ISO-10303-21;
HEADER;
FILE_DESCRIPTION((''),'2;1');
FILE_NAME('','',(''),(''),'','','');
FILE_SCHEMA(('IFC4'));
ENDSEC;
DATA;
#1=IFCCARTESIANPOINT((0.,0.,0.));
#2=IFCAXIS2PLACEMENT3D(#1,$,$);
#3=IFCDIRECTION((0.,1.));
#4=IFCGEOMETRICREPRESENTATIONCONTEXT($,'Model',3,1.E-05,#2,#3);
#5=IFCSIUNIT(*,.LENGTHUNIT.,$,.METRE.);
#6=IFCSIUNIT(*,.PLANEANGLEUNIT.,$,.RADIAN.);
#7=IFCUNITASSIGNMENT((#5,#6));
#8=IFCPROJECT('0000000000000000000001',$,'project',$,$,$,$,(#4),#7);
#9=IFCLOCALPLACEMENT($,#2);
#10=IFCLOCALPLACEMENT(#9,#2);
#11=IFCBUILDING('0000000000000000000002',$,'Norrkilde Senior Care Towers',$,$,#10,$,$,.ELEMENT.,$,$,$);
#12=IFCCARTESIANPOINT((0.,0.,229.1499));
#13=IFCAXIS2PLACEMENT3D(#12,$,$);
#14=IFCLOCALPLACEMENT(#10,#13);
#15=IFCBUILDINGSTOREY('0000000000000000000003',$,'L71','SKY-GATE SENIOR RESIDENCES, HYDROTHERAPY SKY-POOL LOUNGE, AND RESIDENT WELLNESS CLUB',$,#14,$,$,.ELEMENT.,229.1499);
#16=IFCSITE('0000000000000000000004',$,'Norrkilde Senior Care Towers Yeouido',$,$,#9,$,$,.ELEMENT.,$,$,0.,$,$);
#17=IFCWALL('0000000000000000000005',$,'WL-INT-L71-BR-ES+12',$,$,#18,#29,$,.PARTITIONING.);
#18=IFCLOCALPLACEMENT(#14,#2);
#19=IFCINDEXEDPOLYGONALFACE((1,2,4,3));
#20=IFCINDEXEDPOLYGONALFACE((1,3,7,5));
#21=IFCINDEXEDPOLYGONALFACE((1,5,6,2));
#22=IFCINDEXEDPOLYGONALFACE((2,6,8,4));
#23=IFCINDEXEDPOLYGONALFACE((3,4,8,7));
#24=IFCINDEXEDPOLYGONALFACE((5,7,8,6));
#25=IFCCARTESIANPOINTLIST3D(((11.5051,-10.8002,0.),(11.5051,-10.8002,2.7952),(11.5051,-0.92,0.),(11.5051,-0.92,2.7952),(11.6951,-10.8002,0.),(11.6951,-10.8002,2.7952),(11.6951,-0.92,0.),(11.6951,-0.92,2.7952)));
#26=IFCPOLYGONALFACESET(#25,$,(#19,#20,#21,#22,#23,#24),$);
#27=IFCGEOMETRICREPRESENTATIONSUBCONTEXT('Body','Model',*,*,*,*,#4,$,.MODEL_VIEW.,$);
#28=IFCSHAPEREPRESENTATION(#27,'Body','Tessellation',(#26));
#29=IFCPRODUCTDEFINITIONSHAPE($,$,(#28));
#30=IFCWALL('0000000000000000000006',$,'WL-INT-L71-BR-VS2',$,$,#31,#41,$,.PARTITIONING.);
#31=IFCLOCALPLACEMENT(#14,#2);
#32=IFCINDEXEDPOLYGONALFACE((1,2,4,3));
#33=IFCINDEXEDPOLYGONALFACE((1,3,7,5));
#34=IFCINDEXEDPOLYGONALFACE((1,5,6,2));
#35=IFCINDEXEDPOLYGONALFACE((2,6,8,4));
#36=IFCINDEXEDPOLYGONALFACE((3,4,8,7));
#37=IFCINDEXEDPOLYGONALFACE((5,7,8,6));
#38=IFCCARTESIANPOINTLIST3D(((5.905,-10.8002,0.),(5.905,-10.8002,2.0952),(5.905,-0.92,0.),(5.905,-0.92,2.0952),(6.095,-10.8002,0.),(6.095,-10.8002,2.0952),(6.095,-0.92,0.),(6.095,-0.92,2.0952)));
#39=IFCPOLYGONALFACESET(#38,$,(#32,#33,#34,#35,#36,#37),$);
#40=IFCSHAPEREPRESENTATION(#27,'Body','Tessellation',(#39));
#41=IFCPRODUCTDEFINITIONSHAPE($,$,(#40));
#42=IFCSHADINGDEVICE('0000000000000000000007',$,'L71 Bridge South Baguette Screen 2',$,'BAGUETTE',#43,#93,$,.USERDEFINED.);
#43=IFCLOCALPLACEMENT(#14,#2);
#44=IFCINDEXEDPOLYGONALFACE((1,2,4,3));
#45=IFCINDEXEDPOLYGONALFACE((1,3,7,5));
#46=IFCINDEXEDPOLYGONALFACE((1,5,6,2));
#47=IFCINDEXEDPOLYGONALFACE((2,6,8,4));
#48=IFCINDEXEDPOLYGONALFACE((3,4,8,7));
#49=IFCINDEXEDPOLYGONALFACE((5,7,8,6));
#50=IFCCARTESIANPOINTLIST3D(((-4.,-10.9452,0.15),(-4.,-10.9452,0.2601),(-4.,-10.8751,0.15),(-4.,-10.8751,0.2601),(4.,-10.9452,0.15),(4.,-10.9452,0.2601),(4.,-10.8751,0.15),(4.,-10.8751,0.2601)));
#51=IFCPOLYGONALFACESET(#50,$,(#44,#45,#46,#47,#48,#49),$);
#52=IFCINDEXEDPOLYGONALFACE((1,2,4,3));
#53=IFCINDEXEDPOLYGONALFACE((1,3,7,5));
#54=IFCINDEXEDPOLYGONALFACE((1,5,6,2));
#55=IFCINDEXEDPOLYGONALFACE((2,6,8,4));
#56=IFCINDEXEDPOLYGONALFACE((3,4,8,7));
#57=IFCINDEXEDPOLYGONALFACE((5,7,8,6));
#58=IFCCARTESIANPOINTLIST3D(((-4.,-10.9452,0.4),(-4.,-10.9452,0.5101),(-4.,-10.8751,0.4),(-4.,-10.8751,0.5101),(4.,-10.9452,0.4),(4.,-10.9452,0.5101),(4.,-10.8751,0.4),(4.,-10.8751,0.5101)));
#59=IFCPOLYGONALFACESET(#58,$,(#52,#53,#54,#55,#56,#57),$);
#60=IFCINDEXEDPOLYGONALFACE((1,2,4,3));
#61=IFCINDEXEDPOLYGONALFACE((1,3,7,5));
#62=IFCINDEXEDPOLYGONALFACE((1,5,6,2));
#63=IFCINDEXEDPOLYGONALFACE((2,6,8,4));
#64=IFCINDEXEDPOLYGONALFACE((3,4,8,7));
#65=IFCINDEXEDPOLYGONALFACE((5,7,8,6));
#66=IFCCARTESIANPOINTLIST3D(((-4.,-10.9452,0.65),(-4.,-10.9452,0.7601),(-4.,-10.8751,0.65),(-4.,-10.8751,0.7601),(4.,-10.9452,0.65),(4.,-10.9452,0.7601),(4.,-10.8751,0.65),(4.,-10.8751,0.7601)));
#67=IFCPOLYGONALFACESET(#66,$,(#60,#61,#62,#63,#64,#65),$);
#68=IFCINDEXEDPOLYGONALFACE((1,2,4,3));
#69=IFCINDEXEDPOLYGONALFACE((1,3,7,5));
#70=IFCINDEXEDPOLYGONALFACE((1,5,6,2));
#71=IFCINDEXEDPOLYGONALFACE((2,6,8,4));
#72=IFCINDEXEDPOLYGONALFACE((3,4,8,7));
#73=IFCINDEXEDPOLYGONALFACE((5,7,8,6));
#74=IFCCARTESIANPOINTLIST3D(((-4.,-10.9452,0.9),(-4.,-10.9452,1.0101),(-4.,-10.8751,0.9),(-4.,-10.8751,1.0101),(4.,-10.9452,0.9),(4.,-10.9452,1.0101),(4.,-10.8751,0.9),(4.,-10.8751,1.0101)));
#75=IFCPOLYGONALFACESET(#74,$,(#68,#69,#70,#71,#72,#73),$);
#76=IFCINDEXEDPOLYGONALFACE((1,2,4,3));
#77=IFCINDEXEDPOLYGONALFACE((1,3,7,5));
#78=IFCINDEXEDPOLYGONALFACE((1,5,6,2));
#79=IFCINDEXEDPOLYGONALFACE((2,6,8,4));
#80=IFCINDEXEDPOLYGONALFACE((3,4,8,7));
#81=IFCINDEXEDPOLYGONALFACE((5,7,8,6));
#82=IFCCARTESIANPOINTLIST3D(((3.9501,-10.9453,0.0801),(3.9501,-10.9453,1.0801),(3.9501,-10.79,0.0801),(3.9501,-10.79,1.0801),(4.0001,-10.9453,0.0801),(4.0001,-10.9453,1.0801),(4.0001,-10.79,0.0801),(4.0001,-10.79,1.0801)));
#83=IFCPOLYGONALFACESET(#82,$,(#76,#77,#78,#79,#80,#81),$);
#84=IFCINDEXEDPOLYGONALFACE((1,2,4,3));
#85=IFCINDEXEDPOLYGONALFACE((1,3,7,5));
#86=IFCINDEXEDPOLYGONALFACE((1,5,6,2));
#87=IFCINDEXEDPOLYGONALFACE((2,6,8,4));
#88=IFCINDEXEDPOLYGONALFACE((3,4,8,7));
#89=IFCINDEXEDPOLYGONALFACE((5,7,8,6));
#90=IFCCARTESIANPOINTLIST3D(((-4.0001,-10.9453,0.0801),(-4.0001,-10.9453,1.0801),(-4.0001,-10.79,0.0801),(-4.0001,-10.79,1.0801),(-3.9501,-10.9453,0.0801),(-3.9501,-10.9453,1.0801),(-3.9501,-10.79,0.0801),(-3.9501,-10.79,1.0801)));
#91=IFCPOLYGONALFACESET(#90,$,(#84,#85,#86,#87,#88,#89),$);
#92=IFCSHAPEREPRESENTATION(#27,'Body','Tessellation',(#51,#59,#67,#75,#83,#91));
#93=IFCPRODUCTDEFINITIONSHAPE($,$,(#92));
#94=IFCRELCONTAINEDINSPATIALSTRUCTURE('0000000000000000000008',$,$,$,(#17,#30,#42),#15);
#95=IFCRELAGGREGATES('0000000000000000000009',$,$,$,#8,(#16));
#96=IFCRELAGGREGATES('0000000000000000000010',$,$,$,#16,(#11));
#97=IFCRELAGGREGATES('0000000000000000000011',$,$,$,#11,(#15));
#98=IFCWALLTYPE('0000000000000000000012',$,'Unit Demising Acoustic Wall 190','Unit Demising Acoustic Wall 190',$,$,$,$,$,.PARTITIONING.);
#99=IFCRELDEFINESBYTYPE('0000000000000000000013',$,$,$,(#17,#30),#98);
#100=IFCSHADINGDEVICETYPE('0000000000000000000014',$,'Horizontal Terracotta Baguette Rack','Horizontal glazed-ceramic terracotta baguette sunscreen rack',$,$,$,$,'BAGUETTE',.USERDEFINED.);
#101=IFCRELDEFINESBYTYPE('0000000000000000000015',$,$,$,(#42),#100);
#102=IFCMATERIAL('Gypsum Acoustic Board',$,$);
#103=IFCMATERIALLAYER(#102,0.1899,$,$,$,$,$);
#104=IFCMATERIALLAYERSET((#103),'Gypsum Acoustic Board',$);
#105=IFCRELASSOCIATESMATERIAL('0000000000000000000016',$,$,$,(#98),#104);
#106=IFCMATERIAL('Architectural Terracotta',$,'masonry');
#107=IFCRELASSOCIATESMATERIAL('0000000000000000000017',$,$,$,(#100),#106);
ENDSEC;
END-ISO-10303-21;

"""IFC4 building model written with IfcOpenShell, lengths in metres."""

from ifc_helpers import new_model, si_unit, direction, frame, frame_2d, origin, origin_2d, place, context, subcontext, project, spatial, rectangle, extrude, source, transform, mapped, material, layer, layer_set, type_object, type_shapes, element, save


model = new_model("IFC4")

# Units and contexts
model_context = context("Model", 3, precision=1e-05, world=origin(), true_north=direction((0.0, 1.0)))
body_context = subcontext(model_context, "Body", "Model", "MODEL_VIEW")
ifc_project = project(units=[si_unit("LENGTHUNIT", "METRE"), si_unit("PLANEANGLEUNIT", "RADIAN")], contexts=[model_context])

# Site, building, storey
site_placement = place(None, origin())
site = spatial("IfcSite", under=ifc_project, at=site_placement, Name="Norrkilde Senior Care Towers Yeouido", CompositionType="ELEMENT", RefElevation=0.0)
building_placement = place(site_placement, origin())
building = spatial("IfcBuilding", under=site, at=building_placement, Name="Norrkilde Senior Care Towers", CompositionType="ELEMENT")
storey_placement = place(building_placement, frame((0.0, 0.0, 229.1499)))
storey = spatial("IfcBuildingStorey", under=building, at=storey_placement, Name="L71", Description="SKY-GATE SENIOR RESIDENCES, HYDROTHERAPY SKY-POOL LOUNGE, AND RESIDENT WELLNESS CLUB", CompositionType="ELEMENT", Elevation=229.1499)

# Walls
ifc_material_1 = material(Name="Gypsum Acoustic Board")
ifc_layer_1 = layer(ifc_material_1, 0.1899)
ifc_layer_set_1 = layer_set([ifc_layer_1], Name="Gypsum Acoustic Board")
wall_type_1 = type_object("IfcWallType", Name="Unit Demising Acoustic Wall 190", Description="Unit Demising Acoustic Wall 190", PredefinedType="PARTITIONING", material=ifc_layer_set_1)
shared_shape_1 = source(origin(), body_context, "Body", "SweptSolid", [
    extrude(rectangle(XDim=9.8801, YDim=0.1899, at=frame_2d((4.9399, 0.0))), origin(), (0.0, 0.0, 1.0), 2.7952),
])
wall_1_placement = place(storey_placement, frame((11.6001, -10.8, 0.0), z_axis=(0.0, 0.0, 1.0), x_axis=(0.0, 1.0, 0.0)))
element("IfcWall", 1, at=wall_1_placement, inside=storey, type_object=wall_type_1, Name="WL-INT-L71-BR-ES+12", PredefinedType="PARTITIONING", context=body_context, shape_type="MappedRepresentation", body=[
    mapped(shared_shape_1, transform((0.0, 0.0, 0.0), x_axis=(1.0, 0.0, 0.0), y_axis=(0.0, 1.0, 0.0), z_axis=(0.0, 0.0, 1.0), scale=1.0)),
])
shared_shape_2 = source(origin(), body_context, "Body", "SweptSolid", [
    extrude(rectangle(XDim=9.8801, YDim=0.1899, at=frame_2d((4.9399, 0.0))), origin(), (0.0, 0.0, 1.0), 2.0952),
])
type_shapes(wall_type_1, [shared_shape_1, shared_shape_2])
wall_2_placement = place(storey_placement, frame((6.0, -10.8, 0.0), z_axis=(0.0, 0.0, 1.0), x_axis=(0.0, 1.0, 0.0)))
element("IfcWall", 2, at=wall_2_placement, inside=storey, type_object=wall_type_1, Name="WL-INT-L71-BR-VS2", PredefinedType="PARTITIONING", context=body_context, shape_type="MappedRepresentation", body=[
    mapped(shared_shape_2, transform((0.0, 0.0, 0.0), x_axis=(1.0, 0.0, 0.0), y_axis=(0.0, 1.0, 0.0), z_axis=(0.0, 0.0, 1.0), scale=1.0)),
])

# Shading device
ifc_material_2 = material(Name="Architectural Terracotta", Category="masonry")
shading_device_type = type_object("IfcShadingDeviceType", Name="Horizontal Terracotta Baguette Rack", Description="Horizontal glazed-ceramic terracotta baguette sunscreen rack", ElementType="BAGUETTE", PredefinedType="USERDEFINED", material=ifc_material_2)
shared_shape_3 = source(origin(), body_context, "Body", "SweptSolid", [
    extrude(rectangle(XDim=0.0701, YDim=0.1101, at=origin_2d()), frame((0.0, 0.0901, 0.125), z_axis=(1.0, 0.0, 0.0), x_axis=(0.0, 1.0, 0.0)), (0.0, 0.0, 1.0), 8.0),
    extrude(rectangle(XDim=0.0701, YDim=0.1101, at=origin_2d()), frame((0.0, 0.0901, 0.375), z_axis=(1.0, 0.0, 0.0), x_axis=(0.0, 1.0, 0.0)), (0.0, 0.0, 1.0), 8.0),
    extrude(rectangle(XDim=0.0701, YDim=0.1101, at=origin_2d()), frame((0.0, 0.0901, 0.625), z_axis=(1.0, 0.0, 0.0), x_axis=(0.0, 1.0, 0.0)), (0.0, 0.0, 1.0), 8.0),
    extrude(rectangle(XDim=0.0701, YDim=0.1101, at=origin_2d()), frame((0.0, 0.0901, 0.875), z_axis=(1.0, 0.0, 0.0), x_axis=(0.0, 1.0, 0.0)), (0.0, 0.0, 1.0), 8.0),
    extrude(rectangle(XDim=0.05, YDim=0.1553, at=origin_2d()), frame((0.0249, 0.0476, 0.0)), (0.0, 0.0, 1.0), 1.0),
    extrude(rectangle(XDim=0.05, YDim=0.1553, at=origin_2d()), frame((7.9751, 0.0476, 0.0)), (0.0, 0.0, 1.0), 1.0),
])
type_shapes(shading_device_type, [shared_shape_3])
shading_device_placement = place(storey_placement, frame((4.0, -10.8201, 0.0801), z_axis=(0.0, 0.0, 1.0), x_axis=(-1.0, 0.0, 0.0)))
element("IfcShadingDevice", 3, at=shading_device_placement, inside=storey, type_object=shading_device_type, Name="L71 Bridge South Baguette Screen 2", ObjectType="BAGUETTE", PredefinedType="USERDEFINED", context=body_context, shape_type="MappedRepresentation", body=[
    mapped(shared_shape_3, transform((0.0, 0.0, 0.0), x_axis=(1.0, 0.0, 0.0), y_axis=(0.0, 1.0, 0.0), z_axis=(0.0, 0.0, 1.0), scale=1.0)),
])

save(model, "model.ifc")
